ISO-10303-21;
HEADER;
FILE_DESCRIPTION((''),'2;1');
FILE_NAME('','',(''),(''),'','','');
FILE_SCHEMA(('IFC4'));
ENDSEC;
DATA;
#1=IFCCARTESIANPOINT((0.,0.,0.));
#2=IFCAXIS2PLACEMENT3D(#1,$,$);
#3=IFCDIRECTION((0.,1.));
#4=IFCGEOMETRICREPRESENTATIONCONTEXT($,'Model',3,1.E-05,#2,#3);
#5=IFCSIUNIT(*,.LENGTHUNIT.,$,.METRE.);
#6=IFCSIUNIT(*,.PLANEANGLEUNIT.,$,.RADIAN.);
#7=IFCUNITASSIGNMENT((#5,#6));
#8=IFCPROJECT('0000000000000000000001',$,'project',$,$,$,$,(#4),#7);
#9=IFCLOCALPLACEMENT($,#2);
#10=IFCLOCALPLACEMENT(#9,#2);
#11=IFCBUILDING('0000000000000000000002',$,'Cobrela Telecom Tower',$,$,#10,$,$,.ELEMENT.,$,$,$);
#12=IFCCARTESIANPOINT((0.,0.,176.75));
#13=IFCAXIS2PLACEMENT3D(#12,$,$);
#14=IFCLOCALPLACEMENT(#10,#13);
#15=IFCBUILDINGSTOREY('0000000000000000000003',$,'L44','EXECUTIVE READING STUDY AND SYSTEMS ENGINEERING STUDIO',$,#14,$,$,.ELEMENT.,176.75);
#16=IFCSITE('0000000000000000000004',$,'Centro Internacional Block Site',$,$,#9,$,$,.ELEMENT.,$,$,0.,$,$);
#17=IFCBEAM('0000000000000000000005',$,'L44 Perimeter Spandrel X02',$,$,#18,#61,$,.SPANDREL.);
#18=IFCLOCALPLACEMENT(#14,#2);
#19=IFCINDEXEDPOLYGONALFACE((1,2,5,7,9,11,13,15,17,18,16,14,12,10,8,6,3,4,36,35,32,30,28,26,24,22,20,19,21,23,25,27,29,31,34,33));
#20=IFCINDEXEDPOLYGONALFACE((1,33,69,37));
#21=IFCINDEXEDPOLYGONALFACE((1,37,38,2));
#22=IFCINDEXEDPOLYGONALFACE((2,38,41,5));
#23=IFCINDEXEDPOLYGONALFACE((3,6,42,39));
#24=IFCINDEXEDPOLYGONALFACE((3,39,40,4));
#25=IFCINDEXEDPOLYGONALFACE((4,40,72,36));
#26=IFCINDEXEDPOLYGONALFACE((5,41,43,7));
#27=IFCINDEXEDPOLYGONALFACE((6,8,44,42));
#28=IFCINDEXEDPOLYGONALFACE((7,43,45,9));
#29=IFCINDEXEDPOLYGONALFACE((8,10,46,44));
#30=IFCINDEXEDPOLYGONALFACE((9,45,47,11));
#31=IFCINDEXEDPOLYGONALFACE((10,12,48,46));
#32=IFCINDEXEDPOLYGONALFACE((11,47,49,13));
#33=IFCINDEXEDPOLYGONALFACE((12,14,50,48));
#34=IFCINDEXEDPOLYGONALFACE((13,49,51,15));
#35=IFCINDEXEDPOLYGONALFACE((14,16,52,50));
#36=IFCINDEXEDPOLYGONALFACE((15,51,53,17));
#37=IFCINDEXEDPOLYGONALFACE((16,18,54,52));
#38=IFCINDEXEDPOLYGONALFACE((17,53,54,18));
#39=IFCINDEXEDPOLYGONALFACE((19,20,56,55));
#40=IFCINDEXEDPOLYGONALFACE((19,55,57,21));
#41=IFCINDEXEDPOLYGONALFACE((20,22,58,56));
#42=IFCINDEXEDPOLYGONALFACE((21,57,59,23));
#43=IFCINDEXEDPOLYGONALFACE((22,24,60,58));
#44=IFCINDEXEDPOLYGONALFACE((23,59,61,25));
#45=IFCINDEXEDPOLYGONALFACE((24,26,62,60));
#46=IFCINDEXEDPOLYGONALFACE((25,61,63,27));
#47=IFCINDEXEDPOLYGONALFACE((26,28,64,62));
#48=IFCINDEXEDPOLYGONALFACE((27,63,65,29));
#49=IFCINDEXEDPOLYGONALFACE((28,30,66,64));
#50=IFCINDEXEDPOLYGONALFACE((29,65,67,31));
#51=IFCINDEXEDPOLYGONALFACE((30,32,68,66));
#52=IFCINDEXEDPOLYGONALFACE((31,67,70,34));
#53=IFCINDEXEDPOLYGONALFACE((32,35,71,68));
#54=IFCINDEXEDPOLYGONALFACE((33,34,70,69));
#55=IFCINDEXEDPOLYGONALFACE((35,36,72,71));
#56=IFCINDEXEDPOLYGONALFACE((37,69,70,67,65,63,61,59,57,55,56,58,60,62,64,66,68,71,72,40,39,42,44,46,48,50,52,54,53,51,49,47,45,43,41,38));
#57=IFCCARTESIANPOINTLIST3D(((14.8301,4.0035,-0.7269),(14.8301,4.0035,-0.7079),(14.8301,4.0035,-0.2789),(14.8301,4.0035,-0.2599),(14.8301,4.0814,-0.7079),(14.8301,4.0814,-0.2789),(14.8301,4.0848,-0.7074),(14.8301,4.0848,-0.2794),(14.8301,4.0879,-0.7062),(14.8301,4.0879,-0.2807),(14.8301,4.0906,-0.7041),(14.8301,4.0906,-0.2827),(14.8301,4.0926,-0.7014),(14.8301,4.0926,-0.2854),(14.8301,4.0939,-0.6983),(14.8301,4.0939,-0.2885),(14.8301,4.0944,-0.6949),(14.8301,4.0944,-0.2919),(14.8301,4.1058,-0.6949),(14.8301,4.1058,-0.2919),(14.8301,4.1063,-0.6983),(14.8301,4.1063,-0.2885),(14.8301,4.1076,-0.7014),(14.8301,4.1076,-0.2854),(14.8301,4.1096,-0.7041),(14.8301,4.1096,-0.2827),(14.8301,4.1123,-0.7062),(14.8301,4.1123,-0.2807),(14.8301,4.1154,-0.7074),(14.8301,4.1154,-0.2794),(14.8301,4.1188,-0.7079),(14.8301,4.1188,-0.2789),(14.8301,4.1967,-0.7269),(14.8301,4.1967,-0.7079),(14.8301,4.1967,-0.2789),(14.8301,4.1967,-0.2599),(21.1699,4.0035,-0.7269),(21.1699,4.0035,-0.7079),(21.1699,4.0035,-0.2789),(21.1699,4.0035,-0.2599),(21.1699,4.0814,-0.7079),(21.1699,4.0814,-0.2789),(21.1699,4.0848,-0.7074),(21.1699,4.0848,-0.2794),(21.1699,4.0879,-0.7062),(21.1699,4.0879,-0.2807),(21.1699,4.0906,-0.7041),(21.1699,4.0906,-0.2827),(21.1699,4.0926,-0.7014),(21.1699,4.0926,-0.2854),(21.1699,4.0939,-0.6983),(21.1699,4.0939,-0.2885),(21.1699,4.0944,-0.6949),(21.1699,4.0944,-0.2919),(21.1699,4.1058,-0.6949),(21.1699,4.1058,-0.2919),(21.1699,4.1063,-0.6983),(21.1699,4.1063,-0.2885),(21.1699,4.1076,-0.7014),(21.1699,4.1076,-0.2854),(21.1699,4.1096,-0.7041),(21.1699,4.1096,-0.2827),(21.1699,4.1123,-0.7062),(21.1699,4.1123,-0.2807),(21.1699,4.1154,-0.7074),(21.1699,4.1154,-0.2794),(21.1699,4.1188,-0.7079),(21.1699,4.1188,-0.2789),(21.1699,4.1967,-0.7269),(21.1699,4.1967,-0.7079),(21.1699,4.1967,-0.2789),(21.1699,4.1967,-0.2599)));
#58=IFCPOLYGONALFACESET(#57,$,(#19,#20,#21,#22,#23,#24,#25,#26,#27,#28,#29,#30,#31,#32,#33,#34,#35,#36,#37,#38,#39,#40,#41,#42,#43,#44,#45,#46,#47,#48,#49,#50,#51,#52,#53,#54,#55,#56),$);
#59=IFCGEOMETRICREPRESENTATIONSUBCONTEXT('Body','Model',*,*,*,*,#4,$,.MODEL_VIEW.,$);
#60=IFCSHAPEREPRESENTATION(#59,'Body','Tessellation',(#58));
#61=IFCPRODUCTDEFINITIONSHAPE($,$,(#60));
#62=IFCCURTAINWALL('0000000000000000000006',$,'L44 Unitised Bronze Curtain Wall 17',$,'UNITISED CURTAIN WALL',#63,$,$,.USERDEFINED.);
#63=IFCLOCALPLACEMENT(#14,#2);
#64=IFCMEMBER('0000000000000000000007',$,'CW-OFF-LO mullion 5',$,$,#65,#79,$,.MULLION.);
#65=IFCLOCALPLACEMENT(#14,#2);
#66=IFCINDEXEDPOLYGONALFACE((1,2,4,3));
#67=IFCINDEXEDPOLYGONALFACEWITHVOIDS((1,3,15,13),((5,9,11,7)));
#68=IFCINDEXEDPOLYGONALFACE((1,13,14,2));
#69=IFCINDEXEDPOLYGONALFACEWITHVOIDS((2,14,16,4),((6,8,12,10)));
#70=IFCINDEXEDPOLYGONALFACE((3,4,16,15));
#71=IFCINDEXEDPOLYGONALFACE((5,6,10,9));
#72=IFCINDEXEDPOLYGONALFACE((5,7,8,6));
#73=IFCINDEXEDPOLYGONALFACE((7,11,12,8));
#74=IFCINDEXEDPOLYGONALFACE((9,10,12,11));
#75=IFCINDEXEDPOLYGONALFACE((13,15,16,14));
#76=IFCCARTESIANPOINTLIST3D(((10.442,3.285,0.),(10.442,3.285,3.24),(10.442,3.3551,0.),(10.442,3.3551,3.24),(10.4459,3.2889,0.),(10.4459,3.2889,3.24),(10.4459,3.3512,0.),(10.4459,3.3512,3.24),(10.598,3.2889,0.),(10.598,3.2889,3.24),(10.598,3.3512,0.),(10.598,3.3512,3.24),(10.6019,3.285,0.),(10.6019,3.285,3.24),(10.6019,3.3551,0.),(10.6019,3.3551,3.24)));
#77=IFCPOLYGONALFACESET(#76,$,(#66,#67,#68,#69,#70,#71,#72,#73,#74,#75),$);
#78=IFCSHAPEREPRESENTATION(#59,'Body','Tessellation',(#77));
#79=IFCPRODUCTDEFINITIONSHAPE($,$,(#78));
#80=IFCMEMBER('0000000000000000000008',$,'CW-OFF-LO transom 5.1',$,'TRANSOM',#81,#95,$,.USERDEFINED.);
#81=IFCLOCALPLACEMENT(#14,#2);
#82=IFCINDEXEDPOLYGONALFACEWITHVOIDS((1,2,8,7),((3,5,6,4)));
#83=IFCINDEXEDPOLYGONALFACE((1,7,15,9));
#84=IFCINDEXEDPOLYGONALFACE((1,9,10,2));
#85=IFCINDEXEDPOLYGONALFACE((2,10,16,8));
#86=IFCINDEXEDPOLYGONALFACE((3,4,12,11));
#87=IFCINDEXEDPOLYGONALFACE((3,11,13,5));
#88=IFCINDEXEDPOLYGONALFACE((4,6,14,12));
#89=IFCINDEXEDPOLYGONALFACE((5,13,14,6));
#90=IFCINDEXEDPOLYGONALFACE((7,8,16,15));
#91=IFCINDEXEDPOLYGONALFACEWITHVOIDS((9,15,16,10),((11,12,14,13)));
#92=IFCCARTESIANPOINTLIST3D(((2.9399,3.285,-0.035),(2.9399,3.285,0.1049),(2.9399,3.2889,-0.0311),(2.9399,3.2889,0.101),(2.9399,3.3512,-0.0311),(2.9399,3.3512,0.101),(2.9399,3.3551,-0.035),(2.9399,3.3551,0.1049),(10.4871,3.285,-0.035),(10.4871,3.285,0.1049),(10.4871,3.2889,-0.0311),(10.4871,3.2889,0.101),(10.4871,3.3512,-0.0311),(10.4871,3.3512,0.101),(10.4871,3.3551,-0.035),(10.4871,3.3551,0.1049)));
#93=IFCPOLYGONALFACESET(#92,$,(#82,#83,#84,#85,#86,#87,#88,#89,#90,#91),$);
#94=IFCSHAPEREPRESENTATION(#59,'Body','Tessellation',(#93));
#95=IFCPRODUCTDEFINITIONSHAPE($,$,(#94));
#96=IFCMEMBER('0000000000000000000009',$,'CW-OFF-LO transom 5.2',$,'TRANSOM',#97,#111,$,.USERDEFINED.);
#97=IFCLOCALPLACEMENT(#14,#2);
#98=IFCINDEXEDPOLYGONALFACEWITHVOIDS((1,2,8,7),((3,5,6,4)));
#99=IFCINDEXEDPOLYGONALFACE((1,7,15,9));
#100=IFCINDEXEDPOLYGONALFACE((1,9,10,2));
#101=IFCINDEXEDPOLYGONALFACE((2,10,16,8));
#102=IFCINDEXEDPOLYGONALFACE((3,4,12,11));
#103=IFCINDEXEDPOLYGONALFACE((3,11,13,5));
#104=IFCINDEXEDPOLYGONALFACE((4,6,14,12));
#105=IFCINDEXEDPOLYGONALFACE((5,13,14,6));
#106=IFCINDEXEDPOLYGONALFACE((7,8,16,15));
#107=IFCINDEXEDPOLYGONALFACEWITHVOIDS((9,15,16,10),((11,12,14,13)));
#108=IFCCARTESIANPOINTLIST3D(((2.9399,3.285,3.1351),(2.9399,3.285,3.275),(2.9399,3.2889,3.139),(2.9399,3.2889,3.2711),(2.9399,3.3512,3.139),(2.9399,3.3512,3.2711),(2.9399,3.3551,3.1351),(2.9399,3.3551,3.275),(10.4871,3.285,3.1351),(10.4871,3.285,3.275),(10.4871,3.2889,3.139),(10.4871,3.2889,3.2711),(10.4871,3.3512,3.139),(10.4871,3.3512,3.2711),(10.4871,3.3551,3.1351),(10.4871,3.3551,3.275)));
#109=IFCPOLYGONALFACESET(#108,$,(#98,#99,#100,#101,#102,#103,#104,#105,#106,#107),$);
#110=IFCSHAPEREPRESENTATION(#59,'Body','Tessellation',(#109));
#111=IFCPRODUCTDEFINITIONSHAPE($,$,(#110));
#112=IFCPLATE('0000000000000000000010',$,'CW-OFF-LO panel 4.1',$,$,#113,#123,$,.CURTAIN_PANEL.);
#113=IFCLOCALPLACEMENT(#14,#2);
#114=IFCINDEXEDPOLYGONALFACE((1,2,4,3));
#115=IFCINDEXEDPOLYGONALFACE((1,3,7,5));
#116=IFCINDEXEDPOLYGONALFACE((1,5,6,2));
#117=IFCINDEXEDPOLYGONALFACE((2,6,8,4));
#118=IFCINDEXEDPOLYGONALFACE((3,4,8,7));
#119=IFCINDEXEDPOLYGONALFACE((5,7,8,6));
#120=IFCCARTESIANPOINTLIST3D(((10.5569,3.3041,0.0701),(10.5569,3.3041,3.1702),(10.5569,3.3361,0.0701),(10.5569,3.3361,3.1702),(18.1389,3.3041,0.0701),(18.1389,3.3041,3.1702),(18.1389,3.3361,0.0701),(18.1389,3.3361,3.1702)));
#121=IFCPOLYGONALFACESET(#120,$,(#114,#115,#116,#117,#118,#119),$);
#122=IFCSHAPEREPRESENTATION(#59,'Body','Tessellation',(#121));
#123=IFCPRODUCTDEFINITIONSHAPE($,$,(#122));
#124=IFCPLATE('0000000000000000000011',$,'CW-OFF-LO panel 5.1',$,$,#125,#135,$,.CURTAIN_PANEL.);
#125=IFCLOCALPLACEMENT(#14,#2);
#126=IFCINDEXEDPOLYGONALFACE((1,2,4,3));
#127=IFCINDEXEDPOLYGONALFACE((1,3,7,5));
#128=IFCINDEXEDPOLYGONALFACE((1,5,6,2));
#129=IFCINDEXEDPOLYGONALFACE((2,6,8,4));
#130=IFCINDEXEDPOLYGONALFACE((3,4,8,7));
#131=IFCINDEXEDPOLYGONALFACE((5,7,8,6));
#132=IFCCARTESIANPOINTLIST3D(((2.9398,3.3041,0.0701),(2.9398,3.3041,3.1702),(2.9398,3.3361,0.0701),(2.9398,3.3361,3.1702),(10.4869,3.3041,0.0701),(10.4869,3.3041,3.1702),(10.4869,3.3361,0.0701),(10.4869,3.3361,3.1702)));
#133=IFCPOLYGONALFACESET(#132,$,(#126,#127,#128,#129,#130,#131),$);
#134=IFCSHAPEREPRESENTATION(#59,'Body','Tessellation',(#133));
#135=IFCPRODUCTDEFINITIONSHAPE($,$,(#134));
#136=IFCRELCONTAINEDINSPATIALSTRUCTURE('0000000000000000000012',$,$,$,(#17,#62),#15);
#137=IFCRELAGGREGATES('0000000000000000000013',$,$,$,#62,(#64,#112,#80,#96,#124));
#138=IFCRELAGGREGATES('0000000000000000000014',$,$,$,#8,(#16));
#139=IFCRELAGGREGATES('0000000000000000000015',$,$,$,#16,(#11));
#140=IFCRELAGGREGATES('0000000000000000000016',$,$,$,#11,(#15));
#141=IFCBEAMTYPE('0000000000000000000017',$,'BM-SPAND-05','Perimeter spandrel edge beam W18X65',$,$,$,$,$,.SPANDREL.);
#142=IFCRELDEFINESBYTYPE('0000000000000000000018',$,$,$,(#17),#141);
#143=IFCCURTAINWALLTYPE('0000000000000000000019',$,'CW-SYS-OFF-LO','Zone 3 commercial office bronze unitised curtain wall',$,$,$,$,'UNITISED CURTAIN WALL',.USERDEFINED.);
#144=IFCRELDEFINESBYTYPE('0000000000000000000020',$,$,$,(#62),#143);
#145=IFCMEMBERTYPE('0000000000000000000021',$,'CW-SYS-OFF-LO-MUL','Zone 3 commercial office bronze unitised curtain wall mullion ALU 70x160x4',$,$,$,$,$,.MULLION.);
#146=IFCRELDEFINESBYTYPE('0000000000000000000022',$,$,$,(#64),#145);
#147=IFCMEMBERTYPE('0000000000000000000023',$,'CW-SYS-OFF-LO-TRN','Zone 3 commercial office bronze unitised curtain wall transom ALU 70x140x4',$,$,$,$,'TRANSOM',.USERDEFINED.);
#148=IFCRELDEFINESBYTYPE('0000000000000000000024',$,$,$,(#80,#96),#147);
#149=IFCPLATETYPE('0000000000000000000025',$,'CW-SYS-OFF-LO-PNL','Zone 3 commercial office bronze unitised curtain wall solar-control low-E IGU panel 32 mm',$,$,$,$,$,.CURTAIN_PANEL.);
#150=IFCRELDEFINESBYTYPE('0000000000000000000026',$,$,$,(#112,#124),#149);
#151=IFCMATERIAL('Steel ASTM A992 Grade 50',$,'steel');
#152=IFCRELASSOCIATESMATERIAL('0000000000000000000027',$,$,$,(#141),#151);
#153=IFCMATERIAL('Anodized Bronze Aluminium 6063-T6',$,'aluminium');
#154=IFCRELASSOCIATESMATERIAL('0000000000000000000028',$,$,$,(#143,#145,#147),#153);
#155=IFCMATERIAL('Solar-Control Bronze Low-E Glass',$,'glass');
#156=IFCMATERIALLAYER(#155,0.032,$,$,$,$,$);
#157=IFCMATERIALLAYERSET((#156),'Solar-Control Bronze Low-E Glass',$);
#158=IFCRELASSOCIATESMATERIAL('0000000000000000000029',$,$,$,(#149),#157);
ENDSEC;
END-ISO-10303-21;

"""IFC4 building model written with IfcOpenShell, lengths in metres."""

from ifc_helpers import new_model, si_unit, direction, frame, origin, origin_2d, place, context, subcontext, project, spatial, rectangle, hollow_rectangle, i_section, extrude, material, layer, layer_set, material_profile, profile_set, type_object, element, aggregate, save


model = new_model("IFC4")

# Units and contexts
model_context = context("Model", 3, precision=1e-05, world=origin(), true_north=direction((0.0, 1.0)))
body_context = subcontext(model_context, "Body", "Model", "MODEL_VIEW")
ifc_project = project(units=[si_unit("LENGTHUNIT", "METRE"), si_unit("PLANEANGLEUNIT", "RADIAN")], contexts=[model_context])

# Site, building, storey
site_placement = place(None, origin())
site = spatial("IfcSite", under=ifc_project, at=site_placement, Name="Centro Internacional Block Site", CompositionType="ELEMENT", RefElevation=0.0)
building_placement = place(site_placement, origin())
building = spatial("IfcBuilding", under=site, at=building_placement, Name="Cobrela Telecom Tower", CompositionType="ELEMENT")
storey_placement = place(building_placement, frame((0.0, 0.0, 176.75)))
storey = spatial("IfcBuildingStorey", under=building, at=storey_placement, Name="L44", Description="EXECUTIVE READING STUDY AND SYSTEMS ENGINEERING STUDIO", CompositionType="ELEMENT", Elevation=176.75)

# Beam
ifc_material_1 = material(Name="Steel ASTM A992 Grade 50", Category="steel")
ifc_material_profile_1 = material_profile(ifc_material_1, i_section(OverallWidth=0.1931, OverallDepth=0.467, WebThickness=0.0115, FlangeThickness=0.019, FilletRadius=0.0129, at=origin_2d()), Name="W18X65")
ifc_profile_set_1 = profile_set([ifc_material_profile_1], Name="Steel ASTM A992 Grade 50")
beam_type_1 = type_object("IfcBeamType", Name="BM-SPAND-05", Description="Perimeter spandrel edge beam W18X65", PredefinedType="SPANDREL", material=ifc_profile_set_1)
beam_1_placement = place(storey_placement, frame((14.8301, 4.1001, -0.4934), z_axis=(1.0, 0.0, 0.0), x_axis=(0.0, 1.0, 0.0)))
element("IfcBeam", 1, at=beam_1_placement, inside=storey, type_object=beam_type_1, Name="L44 Perimeter Spandrel X02", PredefinedType="SPANDREL", context=body_context, shape_type="SweptSolid", body=[
    extrude(i_section(OverallWidth=0.1931, OverallDepth=0.467, WebThickness=0.0115, FlangeThickness=0.019, FilletRadius=0.0129, at=origin_2d()), origin(), (0.0, 0.0, 1.0), 6.3398),
])

# Curtain wall, members, plates
ifc_material_2 = material(Name="Anodized Bronze Aluminium 6063-T6", Category="aluminium")
curtain_wall_type = type_object("IfcCurtainWallType", Name="CW-SYS-OFF-LO", Description="Zone 3 commercial office bronze unitised curtain wall", ElementType="UNITISED CURTAIN WALL", PredefinedType="USERDEFINED", material=ifc_material_2)
curtain_wall_placement = place(storey_placement, origin())
curtain_wall = element("IfcCurtainWall", 2, at=curtain_wall_placement, inside=storey, type_object=curtain_wall_type, Name="L44 Unitised Bronze Curtain Wall 17", ObjectType="UNITISED CURTAIN WALL", PredefinedType="USERDEFINED")
ifc_material_profile_2 = material_profile(ifc_material_2, hollow_rectangle(XDim=0.0701, YDim=0.1599, WallThickness=0.0039, at=origin_2d()), Name="ALU 70x160x4")
ifc_profile_set_2 = profile_set([ifc_material_profile_2], Name="Anodized Bronze Aluminium 6063-T6")
member_type_1 = type_object("IfcMemberType", Name="CW-SYS-OFF-LO-MUL", Description="Zone 3 commercial office bronze unitised curtain wall mullion ALU 70x160x4", PredefinedType="MULLION", material=ifc_profile_set_2)
member_1_placement = place(storey_placement, frame((10.522, 3.3201, 0.0), z_axis=(0.0, 0.0, 1.0), x_axis=(0.0, -1.0, 0.0)))
member_1 = element("IfcMember", 3, at=member_1_placement, type_object=member_type_1, Name="CW-OFF-LO mullion 5", PredefinedType="MULLION", context=body_context, shape_type="SweptSolid", body=[
    extrude(hollow_rectangle(XDim=0.0701, YDim=0.1599, WallThickness=0.0039, at=origin_2d()), origin(), (0.0, 0.0, 1.0), 3.24),
])
ifc_material_profile_3 = material_profile(ifc_material_2, hollow_rectangle(XDim=0.0701, YDim=0.1399, WallThickness=0.0039, at=origin_2d()), Name="ALU 70x140x4")
ifc_profile_set_3 = profile_set([ifc_material_profile_3], Name="Anodized Bronze Aluminium 6063-T6")
member_type_2 = type_object("IfcMemberType", Name="CW-SYS-OFF-LO-TRN", Description="Zone 3 commercial office bronze unitised curtain wall transom ALU 70x140x4", ElementType="TRANSOM", PredefinedType="USERDEFINED", material=ifc_profile_set_3)
member_2_placement = place(storey_placement, frame((10.4871, 3.3201, 0.0349), z_axis=(-1.0, 0.0, 0.0), x_axis=(0.0, -1.0, 0.0)))
member_2 = element("IfcMember", 4, at=member_2_placement, type_object=member_type_2, Name="CW-OFF-LO transom 5.1", ObjectType="TRANSOM", PredefinedType="USERDEFINED", context=body_context, shape_type="SweptSolid", body=[
    extrude(hollow_rectangle(XDim=0.0701, YDim=0.1399, WallThickness=0.0039, at=origin_2d()), origin(), (0.0, 0.0, 1.0), 7.5471),
])
member_3_placement = place(storey_placement, frame((10.4871, 3.3201, 3.2051), z_axis=(-1.0, 0.0, 0.0), x_axis=(0.0, -1.0, 0.0)))
member_3 = element("IfcMember", 5, at=member_3_placement, type_object=member_type_2, Name="CW-OFF-LO transom 5.2", ObjectType="TRANSOM", PredefinedType="USERDEFINED", context=body_context, shape_type="SweptSolid", body=[
    extrude(hollow_rectangle(XDim=0.0701, YDim=0.1399, WallThickness=0.0039, at=origin_2d()), origin(), (0.0, 0.0, 1.0), 7.5471),
])
ifc_material_3 = material(Name="Solar-Control Bronze Low-E Glass", Category="glass")
ifc_layer_1 = layer(ifc_material_3, 0.032)
ifc_layer_set_1 = layer_set([ifc_layer_1], Name="Solar-Control Bronze Low-E Glass")
plate_type = type_object("IfcPlateType", Name="CW-SYS-OFF-LO-PNL", Description="Zone 3 commercial office bronze unitised curtain wall solar-control low-E IGU panel 32 mm", PredefinedType="CURTAIN_PANEL", material=ifc_layer_set_1)
plate_1_placement = place(storey_placement, frame((14.3479, 3.3201, 0.0701), z_axis=(0.0, 0.0, 1.0), x_axis=(-1.0, 0.0, 0.0)))
plate_1 = element("IfcPlate", 6, at=plate_1_placement, type_object=plate_type, Name="CW-OFF-LO panel 4.1", PredefinedType="CURTAIN_PANEL", context=body_context, shape_type="SweptSolid", body=[
    extrude(rectangle(XDim=7.582, YDim=0.032, at=origin_2d()), origin(), (0.0, 0.0, 1.0), 3.1001),
])
plate_2_placement = place(storey_placement, frame((6.7134, 3.3201, 0.0701), z_axis=(0.0, 0.0, 1.0), x_axis=(-1.0, 0.0, 0.0)))
plate_2 = element("IfcPlate", 7, at=plate_2_placement, type_object=plate_type, Name="CW-OFF-LO panel 5.1", PredefinedType="CURTAIN_PANEL", context=body_context, shape_type="SweptSolid", body=[
    extrude(rectangle(XDim=7.5471, YDim=0.032, at=origin_2d()), origin(), (0.0, 0.0, 1.0), 3.1001),
])
aggregate(curtain_wall, [member_1, plate_1, member_2, member_3, plate_2])

save(model, "model.ifc")
